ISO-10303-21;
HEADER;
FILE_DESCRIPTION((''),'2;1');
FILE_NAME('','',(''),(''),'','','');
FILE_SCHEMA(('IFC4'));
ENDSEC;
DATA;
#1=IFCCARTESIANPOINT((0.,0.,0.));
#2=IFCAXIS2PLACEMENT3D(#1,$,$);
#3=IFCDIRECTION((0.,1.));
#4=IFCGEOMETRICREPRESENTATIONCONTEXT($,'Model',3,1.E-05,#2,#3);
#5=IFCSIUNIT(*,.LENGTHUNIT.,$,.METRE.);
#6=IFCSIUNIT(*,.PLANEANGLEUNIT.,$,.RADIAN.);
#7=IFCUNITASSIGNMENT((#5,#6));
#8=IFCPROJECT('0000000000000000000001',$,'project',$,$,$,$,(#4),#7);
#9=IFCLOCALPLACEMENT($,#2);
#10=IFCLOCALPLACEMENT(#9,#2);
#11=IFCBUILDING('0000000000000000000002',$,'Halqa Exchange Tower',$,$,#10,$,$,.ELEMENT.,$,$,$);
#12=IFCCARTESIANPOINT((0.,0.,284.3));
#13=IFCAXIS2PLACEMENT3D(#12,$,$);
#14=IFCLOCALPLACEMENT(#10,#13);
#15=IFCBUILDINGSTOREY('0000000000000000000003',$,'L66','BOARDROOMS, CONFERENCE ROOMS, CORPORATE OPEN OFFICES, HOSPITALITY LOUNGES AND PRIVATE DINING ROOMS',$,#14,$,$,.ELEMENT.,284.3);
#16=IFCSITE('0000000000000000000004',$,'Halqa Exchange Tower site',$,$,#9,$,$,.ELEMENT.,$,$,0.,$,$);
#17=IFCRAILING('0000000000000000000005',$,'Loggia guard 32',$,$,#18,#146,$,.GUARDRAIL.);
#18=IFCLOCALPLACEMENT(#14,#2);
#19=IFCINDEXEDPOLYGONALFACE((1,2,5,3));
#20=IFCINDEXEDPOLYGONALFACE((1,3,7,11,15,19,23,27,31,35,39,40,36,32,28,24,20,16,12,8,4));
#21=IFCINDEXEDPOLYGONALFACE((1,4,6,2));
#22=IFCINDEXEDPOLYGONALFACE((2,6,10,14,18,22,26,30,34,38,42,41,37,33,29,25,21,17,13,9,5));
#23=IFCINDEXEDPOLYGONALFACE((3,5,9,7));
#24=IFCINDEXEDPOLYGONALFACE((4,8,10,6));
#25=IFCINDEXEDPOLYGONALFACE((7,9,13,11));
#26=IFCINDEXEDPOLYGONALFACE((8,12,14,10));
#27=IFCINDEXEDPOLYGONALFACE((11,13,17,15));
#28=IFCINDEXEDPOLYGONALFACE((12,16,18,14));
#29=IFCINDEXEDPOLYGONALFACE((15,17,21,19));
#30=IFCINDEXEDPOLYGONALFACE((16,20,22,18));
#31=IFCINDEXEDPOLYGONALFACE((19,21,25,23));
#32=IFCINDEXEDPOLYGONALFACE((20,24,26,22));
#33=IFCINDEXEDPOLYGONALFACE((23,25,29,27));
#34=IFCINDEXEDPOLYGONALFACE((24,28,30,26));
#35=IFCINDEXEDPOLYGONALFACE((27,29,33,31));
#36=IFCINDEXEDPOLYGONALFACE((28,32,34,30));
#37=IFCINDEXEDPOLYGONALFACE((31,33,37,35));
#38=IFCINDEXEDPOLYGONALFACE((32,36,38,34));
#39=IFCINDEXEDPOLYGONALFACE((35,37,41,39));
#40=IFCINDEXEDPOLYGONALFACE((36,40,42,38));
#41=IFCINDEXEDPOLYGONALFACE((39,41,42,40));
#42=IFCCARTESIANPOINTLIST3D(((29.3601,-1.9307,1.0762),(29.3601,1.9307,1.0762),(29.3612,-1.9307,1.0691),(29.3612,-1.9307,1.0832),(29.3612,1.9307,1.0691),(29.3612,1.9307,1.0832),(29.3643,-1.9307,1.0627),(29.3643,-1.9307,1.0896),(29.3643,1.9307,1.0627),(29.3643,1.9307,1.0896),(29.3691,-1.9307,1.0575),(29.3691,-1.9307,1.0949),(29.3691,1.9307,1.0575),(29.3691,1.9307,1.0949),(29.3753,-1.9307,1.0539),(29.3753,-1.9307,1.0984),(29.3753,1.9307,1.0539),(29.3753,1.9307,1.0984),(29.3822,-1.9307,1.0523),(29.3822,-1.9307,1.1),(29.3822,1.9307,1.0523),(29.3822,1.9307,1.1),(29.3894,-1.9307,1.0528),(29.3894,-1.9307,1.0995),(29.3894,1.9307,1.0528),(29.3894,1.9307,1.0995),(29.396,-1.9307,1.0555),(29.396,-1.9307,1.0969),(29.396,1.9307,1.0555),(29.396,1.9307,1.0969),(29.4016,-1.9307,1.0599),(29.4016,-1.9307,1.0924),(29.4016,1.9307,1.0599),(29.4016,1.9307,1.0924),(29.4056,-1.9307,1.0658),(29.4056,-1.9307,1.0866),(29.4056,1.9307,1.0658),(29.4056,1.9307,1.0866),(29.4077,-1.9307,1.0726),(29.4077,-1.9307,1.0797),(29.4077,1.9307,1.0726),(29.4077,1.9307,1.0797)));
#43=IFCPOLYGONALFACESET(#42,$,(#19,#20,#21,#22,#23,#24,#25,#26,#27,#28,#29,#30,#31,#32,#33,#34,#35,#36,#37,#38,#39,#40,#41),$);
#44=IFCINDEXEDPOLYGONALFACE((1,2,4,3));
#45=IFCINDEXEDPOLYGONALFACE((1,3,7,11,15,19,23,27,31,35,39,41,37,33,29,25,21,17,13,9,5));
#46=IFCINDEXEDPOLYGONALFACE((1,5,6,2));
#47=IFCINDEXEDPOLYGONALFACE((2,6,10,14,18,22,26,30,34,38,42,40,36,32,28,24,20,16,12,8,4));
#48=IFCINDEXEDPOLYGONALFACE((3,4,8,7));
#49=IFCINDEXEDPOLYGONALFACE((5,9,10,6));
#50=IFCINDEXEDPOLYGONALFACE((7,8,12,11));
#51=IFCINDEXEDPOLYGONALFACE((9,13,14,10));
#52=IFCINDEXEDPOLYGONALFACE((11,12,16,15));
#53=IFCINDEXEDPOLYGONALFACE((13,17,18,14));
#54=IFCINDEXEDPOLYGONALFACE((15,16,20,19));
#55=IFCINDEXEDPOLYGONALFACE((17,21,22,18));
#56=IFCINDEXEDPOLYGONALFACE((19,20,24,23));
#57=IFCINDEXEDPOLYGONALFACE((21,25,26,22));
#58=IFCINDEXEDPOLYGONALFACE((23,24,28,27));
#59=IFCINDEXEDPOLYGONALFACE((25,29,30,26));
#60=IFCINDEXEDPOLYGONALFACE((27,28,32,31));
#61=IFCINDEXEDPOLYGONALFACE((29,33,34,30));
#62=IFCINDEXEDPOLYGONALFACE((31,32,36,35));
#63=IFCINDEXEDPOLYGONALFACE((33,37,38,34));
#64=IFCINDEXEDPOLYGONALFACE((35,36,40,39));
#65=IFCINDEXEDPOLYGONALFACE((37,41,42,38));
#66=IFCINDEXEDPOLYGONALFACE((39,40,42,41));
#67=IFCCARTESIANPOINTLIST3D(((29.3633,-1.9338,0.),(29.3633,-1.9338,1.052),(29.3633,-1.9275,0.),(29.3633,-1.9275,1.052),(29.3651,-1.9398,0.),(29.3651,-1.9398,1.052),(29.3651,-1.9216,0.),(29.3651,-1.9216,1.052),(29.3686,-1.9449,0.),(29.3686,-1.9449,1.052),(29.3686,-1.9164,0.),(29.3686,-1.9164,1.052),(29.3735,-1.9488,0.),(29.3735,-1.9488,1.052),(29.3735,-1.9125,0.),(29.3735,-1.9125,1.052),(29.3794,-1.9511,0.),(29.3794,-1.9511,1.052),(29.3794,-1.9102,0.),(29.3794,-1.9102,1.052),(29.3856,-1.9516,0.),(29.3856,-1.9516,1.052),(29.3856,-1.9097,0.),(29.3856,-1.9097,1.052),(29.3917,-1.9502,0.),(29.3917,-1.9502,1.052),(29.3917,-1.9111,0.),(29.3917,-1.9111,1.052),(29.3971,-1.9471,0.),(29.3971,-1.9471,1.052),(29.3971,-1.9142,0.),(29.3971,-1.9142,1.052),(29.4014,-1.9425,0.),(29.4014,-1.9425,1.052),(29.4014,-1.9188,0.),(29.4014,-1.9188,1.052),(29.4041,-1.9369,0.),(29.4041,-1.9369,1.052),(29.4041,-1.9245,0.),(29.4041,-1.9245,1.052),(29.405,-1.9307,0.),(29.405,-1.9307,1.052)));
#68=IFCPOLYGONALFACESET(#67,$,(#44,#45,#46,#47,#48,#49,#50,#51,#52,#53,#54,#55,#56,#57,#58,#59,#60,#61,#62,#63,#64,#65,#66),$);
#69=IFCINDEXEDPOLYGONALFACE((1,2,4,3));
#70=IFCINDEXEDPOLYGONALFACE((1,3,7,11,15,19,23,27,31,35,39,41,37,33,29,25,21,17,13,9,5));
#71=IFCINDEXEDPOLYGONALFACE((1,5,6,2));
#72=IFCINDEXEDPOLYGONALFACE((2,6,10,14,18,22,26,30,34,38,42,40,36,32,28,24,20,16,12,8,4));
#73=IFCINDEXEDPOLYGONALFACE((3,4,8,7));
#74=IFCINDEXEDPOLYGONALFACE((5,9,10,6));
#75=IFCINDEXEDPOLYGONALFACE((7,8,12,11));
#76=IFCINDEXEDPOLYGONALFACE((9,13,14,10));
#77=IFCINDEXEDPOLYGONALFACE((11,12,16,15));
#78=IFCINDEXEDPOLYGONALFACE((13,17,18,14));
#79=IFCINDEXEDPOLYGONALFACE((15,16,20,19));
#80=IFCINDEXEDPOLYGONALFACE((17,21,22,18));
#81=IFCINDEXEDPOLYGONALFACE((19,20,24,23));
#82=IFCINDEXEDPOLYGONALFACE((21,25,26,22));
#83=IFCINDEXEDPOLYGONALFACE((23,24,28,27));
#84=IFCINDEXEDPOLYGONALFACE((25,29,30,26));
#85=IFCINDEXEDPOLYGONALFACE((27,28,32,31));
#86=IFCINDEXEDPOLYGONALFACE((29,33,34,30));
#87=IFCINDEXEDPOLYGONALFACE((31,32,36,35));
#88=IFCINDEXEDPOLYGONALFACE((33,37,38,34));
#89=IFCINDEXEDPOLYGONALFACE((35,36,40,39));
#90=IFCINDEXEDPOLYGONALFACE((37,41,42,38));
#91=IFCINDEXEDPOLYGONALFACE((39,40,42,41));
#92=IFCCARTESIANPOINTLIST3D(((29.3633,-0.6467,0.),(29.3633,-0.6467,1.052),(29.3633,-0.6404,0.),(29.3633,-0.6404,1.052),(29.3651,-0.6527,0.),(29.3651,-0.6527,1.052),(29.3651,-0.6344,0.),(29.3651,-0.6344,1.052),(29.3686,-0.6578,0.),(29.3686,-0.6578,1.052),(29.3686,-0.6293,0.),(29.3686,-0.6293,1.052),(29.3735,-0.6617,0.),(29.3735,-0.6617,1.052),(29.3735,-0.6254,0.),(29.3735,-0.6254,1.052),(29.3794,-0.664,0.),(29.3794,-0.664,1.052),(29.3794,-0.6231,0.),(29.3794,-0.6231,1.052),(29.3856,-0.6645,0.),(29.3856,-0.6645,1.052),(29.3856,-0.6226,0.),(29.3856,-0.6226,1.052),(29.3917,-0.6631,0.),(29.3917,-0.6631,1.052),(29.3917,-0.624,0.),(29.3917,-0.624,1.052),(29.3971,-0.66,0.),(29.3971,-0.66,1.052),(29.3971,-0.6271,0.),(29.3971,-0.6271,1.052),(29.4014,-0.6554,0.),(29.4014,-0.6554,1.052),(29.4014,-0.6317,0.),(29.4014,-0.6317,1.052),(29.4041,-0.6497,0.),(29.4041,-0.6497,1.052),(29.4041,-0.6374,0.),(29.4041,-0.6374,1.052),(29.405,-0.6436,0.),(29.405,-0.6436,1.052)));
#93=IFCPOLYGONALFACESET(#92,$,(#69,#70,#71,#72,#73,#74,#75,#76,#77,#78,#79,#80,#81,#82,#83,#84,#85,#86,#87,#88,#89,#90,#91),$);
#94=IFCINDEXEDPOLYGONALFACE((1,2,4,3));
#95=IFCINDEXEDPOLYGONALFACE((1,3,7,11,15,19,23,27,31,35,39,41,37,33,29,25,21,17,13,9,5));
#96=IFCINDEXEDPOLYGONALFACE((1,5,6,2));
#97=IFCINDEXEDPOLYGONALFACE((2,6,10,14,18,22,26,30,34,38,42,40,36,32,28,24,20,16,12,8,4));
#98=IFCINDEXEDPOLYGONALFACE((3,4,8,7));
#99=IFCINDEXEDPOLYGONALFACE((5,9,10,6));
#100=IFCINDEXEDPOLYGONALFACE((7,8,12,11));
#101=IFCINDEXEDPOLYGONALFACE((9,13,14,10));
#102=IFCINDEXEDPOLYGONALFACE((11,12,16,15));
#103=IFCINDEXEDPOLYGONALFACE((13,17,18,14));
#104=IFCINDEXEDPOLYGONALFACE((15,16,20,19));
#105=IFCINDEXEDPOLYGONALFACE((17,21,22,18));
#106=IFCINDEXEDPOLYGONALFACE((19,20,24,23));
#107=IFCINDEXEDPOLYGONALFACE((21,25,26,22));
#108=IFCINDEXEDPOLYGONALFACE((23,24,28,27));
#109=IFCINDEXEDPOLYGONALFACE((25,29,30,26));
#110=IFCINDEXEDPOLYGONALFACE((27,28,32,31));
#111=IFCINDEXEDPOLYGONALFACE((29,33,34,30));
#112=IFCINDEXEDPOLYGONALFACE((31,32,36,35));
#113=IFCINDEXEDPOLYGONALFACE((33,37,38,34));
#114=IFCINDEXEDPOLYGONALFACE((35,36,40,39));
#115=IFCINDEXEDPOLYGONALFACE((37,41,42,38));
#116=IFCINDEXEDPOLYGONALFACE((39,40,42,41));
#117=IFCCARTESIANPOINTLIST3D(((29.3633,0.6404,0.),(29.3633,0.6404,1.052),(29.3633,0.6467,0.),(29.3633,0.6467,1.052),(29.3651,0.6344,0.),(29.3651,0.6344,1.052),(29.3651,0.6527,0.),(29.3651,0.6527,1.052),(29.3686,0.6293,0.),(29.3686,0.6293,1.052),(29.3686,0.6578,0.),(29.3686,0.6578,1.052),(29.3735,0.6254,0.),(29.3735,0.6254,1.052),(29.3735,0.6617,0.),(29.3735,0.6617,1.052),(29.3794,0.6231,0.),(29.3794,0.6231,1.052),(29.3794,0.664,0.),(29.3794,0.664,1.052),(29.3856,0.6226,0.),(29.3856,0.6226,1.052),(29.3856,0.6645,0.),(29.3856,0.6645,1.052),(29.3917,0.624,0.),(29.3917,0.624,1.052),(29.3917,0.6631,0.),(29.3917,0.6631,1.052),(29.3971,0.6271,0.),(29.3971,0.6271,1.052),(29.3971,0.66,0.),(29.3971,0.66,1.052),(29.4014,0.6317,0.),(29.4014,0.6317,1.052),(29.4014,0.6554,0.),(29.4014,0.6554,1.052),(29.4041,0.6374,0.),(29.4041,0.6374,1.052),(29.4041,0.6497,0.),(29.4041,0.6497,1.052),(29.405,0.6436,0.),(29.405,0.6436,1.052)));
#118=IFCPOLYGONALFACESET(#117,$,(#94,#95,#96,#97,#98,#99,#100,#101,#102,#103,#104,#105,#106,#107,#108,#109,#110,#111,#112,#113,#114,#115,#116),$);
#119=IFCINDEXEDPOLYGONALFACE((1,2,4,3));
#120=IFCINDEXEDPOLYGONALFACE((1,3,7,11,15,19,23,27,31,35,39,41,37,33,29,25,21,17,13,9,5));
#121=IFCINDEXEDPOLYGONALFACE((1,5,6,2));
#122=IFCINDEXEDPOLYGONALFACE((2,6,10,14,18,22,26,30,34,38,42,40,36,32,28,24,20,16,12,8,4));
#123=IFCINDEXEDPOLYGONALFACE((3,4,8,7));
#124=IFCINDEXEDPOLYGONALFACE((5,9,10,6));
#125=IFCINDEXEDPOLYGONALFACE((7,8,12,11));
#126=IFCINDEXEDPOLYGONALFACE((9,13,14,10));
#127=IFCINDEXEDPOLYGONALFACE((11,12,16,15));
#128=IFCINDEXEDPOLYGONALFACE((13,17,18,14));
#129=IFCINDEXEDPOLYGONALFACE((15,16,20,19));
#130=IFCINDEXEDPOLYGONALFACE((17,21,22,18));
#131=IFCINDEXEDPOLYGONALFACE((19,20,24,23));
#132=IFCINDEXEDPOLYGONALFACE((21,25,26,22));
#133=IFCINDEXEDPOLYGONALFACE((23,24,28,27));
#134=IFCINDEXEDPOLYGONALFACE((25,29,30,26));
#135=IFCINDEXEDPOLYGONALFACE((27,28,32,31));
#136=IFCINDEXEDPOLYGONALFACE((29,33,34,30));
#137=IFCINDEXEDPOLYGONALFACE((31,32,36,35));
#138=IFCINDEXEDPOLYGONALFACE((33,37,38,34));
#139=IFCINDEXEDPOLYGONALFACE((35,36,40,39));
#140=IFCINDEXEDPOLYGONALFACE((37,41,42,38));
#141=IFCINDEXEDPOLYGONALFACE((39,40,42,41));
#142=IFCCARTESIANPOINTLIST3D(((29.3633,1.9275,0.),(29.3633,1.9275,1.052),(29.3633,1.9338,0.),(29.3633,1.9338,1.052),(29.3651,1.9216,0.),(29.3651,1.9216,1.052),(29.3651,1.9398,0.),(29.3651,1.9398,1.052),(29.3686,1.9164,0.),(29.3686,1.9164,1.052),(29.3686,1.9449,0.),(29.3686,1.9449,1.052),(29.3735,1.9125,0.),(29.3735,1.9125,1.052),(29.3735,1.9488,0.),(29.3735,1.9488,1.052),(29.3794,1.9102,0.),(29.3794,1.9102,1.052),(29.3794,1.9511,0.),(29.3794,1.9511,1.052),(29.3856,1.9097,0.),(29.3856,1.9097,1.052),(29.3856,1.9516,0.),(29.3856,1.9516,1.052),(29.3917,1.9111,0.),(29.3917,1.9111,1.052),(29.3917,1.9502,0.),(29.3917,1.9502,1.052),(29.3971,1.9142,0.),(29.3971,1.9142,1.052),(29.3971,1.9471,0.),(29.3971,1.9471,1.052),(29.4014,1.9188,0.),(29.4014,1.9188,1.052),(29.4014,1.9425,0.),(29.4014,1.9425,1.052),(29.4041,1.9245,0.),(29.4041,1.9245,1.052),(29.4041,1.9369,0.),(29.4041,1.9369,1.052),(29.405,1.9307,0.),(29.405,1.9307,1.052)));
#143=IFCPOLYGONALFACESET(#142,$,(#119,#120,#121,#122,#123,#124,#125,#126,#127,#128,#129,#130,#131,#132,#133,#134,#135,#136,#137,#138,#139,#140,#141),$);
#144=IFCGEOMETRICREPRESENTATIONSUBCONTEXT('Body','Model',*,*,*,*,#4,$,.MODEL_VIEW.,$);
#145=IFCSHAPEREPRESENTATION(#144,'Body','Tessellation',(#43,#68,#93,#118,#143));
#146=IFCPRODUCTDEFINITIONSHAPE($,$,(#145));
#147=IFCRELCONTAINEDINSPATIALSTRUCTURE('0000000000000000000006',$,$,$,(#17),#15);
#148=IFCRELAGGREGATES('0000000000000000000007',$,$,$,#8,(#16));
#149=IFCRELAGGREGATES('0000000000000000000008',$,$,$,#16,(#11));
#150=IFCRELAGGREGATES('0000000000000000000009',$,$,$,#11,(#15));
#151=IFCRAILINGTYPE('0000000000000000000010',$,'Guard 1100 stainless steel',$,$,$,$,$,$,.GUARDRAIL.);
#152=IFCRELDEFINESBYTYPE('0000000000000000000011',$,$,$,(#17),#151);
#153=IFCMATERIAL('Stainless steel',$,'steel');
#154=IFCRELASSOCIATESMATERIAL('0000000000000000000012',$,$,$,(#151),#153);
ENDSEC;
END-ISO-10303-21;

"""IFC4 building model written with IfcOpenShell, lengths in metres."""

from ifc_helpers import new_model, si_unit, direction, frame, origin, origin_2d, place, context, subcontext, project, spatial, circle, extrude, material, type_object, element, save


model = new_model("IFC4")

# Units and contexts
model_context = context("Model", 3, precision=1e-05, world=origin(), true_north=direction((0.0, 1.0)))
body_context = subcontext(model_context, "Body", "Model", "MODEL_VIEW")
ifc_project = project(units=[si_unit("LENGTHUNIT", "METRE"), si_unit("PLANEANGLEUNIT", "RADIAN")], contexts=[model_context])

# Site, building, storey
site_placement = place(None, origin())
site = spatial("IfcSite", under=ifc_project, at=site_placement, Name="Halqa Exchange Tower site", CompositionType="ELEMENT", RefElevation=0.0)
building_placement = place(site_placement, origin())
building = spatial("IfcBuilding", under=site, at=building_placement, Name="Halqa Exchange Tower", CompositionType="ELEMENT")
storey_placement = place(building_placement, frame((0.0, 0.0, 284.3)))
storey = spatial("IfcBuildingStorey", under=building, at=storey_placement, Name="L66", Description="BOARDROOMS, CONFERENCE ROOMS, CORPORATE OPEN OFFICES, HOSPITALITY LOUNGES AND PRIVATE DINING ROOMS", CompositionType="ELEMENT", Elevation=284.3)

# Railing
ifc_material_1 = material(Name="Stainless steel", Category="steel")
railing_type = type_object("IfcRailingType", Name="Guard 1100 stainless steel", PredefinedType="GUARDRAIL", material=ifc_material_1)
railing_1_placement = place(storey_placement, frame((29.384, -1.9307, 0.0)))
element("IfcRailing", 1, at=railing_1_placement, inside=storey, type_object=railing_type, Name="Loggia guard 32", PredefinedType="GUARDRAIL", context=body_context, shape_type="SweptSolid", body=[
    extrude(circle(Radius=0.0239, at=origin_2d()), frame((0.0, 0.0, 1.0762), z_axis=(0.0, 1.0, 0.0), x_axis=(-1.0, 0.0, 0.0)), (0.0, 0.0, 1.0), 3.8613),
    extrude(circle(Radius=0.021, at=origin_2d()), origin(), (0.0, 0.0, 1.0), 1.052),
    extrude(circle(Radius=0.021, at=origin_2d()), frame((0.0, 1.2871, 0.0)), (0.0, 0.0, 1.0), 1.052),
    extrude(circle(Radius=0.021, at=origin_2d()), frame((0.0, 2.5742, 0.0)), (0.0, 0.0, 1.0), 1.052),
    extrude(circle(Radius=0.021, at=origin_2d()), frame((0.0, 3.8613, 0.0)), (0.0, 0.0, 1.0), 1.052),
])

save(model, "model.ifc")
